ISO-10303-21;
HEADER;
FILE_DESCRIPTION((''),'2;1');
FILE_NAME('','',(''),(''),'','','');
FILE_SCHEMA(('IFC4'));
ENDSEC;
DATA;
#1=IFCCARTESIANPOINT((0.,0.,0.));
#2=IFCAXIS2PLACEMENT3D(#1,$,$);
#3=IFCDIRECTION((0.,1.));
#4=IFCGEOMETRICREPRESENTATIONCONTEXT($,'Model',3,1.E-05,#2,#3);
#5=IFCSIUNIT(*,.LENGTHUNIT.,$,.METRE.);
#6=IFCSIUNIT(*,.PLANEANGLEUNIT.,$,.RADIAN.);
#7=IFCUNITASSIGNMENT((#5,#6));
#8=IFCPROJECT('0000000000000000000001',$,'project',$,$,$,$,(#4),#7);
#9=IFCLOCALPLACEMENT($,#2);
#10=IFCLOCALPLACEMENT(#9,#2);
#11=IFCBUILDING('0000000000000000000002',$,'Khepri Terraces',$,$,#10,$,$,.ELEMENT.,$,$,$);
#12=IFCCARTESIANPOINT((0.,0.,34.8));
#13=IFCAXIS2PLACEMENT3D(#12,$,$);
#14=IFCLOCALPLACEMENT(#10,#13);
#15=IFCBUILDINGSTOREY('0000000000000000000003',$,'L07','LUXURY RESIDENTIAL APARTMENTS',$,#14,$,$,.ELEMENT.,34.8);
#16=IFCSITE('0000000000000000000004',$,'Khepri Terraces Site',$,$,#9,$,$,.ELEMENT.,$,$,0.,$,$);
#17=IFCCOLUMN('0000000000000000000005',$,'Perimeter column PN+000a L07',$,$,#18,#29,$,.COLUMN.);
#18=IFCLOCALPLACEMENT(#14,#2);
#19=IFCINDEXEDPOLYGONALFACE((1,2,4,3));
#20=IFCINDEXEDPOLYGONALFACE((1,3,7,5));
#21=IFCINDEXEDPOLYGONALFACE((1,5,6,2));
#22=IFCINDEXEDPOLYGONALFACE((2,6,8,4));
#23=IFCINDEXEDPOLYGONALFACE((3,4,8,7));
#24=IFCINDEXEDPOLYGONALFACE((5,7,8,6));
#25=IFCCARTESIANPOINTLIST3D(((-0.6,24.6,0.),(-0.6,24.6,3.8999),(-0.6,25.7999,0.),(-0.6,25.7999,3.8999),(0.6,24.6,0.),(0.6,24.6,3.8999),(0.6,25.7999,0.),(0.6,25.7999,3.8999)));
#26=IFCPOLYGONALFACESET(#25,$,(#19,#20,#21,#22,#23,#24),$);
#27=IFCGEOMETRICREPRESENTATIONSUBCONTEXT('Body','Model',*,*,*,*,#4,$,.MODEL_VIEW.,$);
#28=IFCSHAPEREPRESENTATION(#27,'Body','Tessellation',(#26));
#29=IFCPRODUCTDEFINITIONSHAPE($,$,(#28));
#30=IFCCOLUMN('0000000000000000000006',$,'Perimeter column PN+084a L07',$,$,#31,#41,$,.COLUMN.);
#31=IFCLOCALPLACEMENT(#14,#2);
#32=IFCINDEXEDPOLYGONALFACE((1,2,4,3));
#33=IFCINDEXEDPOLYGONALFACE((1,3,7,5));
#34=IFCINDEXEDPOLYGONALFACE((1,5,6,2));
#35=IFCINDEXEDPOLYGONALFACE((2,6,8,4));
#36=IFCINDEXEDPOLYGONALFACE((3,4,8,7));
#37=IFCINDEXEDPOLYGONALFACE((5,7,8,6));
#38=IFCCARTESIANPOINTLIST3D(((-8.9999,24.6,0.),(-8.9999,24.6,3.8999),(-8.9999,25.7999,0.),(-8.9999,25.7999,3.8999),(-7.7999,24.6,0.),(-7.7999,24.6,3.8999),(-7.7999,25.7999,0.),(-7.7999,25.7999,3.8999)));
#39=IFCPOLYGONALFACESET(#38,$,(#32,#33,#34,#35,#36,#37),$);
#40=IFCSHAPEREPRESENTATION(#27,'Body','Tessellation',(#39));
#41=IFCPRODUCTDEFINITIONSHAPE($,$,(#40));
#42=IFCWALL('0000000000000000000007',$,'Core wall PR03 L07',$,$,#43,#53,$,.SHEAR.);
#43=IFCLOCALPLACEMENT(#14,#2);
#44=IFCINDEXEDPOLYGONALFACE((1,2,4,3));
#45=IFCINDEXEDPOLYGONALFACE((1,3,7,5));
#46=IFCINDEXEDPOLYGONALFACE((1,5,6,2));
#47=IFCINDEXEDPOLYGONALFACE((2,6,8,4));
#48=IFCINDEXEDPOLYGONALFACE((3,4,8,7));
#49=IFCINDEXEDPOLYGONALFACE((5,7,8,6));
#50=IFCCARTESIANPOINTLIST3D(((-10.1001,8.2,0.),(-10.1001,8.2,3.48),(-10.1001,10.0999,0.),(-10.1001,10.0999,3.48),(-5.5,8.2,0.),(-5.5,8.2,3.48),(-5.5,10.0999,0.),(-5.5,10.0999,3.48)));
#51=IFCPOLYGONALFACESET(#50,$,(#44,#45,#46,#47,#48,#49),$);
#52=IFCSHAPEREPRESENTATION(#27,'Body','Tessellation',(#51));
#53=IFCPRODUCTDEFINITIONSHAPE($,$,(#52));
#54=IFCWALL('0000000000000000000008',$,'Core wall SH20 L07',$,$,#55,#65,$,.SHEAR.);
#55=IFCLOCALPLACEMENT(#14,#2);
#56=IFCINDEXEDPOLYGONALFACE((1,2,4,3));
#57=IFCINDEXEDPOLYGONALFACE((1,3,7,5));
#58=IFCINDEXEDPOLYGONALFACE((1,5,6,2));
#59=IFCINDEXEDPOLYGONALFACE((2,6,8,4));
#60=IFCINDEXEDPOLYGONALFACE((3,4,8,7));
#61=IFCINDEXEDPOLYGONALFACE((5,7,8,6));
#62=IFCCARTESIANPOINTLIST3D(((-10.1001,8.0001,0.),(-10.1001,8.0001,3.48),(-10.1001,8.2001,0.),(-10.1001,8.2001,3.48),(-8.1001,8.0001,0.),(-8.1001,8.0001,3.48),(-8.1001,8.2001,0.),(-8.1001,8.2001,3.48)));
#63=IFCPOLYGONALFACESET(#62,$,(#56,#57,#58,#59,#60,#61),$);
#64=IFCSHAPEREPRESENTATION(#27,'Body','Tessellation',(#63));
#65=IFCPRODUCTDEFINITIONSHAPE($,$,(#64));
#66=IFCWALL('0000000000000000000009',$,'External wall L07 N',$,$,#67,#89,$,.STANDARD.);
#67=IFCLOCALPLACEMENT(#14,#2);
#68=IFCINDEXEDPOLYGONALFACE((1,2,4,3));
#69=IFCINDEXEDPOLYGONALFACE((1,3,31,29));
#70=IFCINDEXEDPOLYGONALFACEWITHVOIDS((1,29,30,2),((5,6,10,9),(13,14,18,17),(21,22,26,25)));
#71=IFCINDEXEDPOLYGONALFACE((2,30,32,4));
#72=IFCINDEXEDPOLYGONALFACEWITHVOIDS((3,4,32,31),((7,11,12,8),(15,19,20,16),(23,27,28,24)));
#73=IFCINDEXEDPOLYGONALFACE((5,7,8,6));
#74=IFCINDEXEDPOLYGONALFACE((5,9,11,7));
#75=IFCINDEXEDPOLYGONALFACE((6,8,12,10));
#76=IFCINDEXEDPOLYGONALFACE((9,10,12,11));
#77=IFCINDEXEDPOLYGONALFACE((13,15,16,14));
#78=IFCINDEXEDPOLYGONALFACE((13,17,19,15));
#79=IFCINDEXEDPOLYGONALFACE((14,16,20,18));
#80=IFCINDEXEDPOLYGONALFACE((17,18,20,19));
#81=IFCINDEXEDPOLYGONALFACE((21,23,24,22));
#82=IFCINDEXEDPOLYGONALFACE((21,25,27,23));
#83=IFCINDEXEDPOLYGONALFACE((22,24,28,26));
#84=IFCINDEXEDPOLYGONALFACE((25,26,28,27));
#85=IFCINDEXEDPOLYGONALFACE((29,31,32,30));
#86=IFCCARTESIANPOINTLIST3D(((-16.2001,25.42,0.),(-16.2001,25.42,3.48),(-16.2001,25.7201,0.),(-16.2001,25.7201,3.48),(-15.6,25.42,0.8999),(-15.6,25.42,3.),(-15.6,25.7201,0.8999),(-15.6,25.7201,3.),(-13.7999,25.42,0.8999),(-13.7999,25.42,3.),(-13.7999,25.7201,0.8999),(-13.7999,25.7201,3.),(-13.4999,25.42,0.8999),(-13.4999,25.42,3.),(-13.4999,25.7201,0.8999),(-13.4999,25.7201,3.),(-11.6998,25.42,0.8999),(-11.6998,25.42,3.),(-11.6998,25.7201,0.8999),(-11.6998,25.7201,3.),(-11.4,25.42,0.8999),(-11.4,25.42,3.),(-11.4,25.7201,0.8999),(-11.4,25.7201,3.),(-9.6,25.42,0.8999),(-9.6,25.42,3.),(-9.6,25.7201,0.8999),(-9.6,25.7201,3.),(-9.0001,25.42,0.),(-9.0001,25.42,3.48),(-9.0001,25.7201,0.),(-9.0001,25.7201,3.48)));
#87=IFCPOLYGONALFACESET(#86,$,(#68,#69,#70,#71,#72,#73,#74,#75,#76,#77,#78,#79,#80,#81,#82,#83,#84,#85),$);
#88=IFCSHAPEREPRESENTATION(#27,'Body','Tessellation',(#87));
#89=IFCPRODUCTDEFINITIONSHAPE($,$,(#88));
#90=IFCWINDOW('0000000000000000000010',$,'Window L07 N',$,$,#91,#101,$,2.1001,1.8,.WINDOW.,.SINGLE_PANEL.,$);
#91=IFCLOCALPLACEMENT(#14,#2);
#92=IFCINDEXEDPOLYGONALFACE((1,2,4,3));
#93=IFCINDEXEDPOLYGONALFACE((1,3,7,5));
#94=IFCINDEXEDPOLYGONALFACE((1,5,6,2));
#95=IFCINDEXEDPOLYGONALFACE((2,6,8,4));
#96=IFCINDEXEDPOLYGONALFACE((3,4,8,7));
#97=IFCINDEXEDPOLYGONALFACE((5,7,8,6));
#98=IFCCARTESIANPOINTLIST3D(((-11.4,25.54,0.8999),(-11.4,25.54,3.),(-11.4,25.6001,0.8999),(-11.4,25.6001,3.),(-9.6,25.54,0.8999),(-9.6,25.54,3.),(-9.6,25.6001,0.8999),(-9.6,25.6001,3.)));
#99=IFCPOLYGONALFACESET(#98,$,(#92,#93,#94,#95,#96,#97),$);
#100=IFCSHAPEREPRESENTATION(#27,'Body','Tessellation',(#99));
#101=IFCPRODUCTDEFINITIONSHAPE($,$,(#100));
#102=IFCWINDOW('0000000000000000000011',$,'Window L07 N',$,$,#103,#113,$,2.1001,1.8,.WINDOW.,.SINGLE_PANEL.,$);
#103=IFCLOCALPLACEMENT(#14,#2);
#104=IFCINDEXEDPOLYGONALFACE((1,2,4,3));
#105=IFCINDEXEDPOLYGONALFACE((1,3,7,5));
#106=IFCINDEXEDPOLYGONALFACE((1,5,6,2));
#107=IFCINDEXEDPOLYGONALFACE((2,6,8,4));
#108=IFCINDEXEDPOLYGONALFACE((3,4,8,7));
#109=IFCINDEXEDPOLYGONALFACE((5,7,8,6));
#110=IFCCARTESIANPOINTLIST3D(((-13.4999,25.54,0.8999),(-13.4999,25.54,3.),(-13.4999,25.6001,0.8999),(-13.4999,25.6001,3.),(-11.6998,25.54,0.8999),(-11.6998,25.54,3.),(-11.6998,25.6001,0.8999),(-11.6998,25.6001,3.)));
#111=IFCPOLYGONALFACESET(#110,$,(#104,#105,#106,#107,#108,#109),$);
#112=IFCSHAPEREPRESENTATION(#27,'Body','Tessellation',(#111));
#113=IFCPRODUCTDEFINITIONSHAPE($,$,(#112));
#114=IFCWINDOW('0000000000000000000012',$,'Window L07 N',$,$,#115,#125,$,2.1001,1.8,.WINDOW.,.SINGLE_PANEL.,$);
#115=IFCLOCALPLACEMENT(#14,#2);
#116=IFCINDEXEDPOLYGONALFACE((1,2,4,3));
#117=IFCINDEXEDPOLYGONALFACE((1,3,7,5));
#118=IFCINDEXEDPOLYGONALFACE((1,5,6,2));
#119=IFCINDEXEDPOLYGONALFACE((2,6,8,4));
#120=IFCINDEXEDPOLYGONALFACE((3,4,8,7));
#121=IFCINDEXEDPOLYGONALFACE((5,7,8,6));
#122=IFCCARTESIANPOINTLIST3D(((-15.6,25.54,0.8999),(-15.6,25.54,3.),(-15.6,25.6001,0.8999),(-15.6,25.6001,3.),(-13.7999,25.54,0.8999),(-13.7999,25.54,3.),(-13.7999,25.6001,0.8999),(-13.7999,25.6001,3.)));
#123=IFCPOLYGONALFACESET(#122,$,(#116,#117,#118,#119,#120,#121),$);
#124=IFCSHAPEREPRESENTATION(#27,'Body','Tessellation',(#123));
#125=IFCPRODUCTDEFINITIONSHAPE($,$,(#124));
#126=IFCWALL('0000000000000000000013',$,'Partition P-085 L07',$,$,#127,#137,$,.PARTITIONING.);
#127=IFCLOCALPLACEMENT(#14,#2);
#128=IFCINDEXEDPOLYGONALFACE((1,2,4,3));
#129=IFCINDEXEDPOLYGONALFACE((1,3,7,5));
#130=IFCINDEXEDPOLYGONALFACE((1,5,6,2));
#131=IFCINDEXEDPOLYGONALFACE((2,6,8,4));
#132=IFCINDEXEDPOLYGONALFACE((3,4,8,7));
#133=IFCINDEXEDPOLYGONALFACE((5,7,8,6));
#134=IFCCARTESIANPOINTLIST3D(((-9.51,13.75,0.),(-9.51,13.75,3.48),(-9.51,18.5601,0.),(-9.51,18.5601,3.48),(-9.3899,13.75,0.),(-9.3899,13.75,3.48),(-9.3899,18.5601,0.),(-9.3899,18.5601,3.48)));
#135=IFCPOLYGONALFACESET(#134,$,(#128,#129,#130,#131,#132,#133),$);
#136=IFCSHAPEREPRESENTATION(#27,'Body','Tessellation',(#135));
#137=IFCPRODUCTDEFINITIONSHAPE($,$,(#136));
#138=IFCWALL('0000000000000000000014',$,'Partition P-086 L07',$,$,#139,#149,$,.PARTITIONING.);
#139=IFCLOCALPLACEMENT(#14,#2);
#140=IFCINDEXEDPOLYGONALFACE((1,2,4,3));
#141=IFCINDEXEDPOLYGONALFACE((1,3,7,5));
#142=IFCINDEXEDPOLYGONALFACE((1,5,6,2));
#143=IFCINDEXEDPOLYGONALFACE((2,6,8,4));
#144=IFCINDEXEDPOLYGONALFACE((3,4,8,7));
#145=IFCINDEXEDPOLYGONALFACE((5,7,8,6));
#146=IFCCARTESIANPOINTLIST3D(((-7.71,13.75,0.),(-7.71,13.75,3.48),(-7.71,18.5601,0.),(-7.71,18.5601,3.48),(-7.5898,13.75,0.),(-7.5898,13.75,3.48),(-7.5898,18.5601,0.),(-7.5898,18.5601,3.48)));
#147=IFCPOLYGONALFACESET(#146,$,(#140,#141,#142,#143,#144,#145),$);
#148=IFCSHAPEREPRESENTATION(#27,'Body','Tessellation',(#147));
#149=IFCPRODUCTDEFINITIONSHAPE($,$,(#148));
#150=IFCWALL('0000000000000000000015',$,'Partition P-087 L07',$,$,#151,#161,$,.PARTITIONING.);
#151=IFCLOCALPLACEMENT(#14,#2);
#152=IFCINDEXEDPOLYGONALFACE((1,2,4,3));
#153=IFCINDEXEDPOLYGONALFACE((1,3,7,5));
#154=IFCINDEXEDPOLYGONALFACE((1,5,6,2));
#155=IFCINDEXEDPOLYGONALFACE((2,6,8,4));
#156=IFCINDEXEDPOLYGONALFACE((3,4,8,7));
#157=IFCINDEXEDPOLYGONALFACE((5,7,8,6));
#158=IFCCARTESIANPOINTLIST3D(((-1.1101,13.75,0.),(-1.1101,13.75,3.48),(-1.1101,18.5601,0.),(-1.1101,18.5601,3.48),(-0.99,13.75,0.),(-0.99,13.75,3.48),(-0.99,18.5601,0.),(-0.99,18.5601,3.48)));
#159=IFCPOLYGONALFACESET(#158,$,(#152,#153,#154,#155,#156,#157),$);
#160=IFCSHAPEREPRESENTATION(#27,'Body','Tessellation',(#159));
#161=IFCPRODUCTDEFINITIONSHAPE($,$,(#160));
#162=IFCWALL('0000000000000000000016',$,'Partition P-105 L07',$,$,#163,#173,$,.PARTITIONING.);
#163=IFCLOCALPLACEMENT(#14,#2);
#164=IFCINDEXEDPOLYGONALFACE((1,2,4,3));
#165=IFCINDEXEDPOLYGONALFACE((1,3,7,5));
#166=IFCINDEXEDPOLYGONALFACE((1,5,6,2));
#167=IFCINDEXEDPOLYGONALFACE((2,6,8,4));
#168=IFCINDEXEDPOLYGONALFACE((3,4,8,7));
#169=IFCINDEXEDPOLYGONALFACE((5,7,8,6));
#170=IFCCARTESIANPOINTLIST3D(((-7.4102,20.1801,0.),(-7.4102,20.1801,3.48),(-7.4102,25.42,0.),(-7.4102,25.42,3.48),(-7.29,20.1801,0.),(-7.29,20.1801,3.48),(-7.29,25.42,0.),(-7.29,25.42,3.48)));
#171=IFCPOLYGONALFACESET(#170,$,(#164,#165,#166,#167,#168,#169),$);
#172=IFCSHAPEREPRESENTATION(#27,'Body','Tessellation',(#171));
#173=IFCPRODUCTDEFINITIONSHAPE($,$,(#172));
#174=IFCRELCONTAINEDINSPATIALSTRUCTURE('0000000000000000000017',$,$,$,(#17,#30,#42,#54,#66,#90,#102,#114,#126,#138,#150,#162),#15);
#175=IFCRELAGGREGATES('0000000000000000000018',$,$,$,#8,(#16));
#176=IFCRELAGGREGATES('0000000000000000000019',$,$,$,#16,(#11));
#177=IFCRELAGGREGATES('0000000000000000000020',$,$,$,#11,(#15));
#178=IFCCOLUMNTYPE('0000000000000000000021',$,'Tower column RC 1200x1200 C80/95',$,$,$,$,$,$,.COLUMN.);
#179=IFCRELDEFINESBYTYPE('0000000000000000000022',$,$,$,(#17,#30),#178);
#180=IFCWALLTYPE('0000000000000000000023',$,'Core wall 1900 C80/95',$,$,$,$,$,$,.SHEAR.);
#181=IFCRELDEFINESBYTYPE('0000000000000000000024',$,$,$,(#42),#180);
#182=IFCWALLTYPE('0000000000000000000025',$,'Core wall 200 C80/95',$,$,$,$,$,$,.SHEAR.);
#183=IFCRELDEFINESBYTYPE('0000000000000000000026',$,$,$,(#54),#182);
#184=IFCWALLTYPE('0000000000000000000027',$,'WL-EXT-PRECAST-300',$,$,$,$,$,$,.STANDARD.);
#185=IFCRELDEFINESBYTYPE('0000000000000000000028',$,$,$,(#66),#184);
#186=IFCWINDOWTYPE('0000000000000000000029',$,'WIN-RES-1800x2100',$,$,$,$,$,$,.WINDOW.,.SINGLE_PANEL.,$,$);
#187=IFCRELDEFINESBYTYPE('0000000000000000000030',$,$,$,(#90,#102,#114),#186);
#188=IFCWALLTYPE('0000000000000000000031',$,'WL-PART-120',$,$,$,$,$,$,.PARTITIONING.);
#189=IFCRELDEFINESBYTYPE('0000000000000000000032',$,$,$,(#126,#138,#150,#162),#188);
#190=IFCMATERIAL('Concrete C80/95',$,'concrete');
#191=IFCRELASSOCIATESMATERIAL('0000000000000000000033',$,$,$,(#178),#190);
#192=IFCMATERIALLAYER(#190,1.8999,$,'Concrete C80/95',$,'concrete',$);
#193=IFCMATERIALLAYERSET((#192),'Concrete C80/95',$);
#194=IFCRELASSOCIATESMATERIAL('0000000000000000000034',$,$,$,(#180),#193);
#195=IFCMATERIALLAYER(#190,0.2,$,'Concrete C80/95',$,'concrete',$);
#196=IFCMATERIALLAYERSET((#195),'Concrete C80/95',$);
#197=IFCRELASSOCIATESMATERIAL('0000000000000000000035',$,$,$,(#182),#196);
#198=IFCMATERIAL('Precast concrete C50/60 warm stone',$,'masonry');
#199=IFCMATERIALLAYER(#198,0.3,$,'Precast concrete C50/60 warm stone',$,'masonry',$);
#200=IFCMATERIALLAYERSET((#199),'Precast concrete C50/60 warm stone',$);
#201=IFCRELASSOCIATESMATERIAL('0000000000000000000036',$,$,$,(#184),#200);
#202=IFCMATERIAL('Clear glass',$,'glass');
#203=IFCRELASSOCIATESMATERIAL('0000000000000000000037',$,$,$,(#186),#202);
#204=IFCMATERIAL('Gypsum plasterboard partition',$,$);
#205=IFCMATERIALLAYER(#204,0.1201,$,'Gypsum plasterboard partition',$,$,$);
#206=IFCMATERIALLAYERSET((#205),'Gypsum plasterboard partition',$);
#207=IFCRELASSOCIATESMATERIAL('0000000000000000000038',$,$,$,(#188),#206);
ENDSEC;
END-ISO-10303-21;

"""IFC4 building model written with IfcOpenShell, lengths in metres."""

from ifc_helpers import new_model, si_unit, direction, frame, frame_2d, origin, origin_2d, place, context, subcontext, project, spatial, rectangle, extrude, material, layer, layer_set, material_profile, profile_set, type_object, element, fill, save


model = new_model("IFC4")

# Units and contexts
model_context = context("Model", 3, precision=1e-05, world=origin(), true_north=direction((0.0, 1.0)))
body_context = subcontext(model_context, "Body", "Model", "MODEL_VIEW")
ifc_project = project(units=[si_unit("LENGTHUNIT", "METRE"), si_unit("PLANEANGLEUNIT", "RADIAN")], contexts=[model_context])

# Site, building, storey
site_placement = place(None, origin())
site = spatial("IfcSite", under=ifc_project, at=site_placement, Name="Khepri Terraces Site", CompositionType="ELEMENT", RefElevation=0.0)
building_placement = place(site_placement, origin())
building = spatial("IfcBuilding", under=site, at=building_placement, Name="Khepri Terraces", CompositionType="ELEMENT")
storey_placement = place(building_placement, frame((0.0, 0.0, 34.8)))
storey = spatial("IfcBuildingStorey", under=building, at=storey_placement, Name="L07", Description="LUXURY RESIDENTIAL APARTMENTS", CompositionType="ELEMENT", Elevation=34.8)

# Columns
ifc_material_1 = material(Name="Concrete C80/95", Category="concrete")
ifc_material_profile = material_profile(ifc_material_1, rectangle(XDim=1.2, YDim=1.2, at=origin_2d()), Name="Concrete C80/95", Category="concrete")
ifc_profile_set = profile_set([ifc_material_profile], Name="Concrete C80/95")
column_type = type_object("IfcColumnType", Name="Tower column RC 1200x1200 C80/95", PredefinedType="COLUMN", material=ifc_profile_set)
for number, where, z_axis, x_axis, name in (
    (1, (0.0, 25.2, 0.0), (0.0, 0.0, 1.0), (1.0, 0.0, 0.0), "Perimeter column PN+000a L07"),
    (2, (-8.3999, 25.2, 0.0), (0.0, 0.0, 1.0), (1.0, 0.0, 0.0), "Perimeter column PN+084a L07"),
):
    element("IfcColumn", number, at=place(storey_placement, frame(where, z_axis=z_axis, x_axis=x_axis)), inside=storey, type_object=column_type, Name=name, PredefinedType="COLUMN", context=body_context, shape_type="SweptSolid", body=[
        extrude(rectangle(XDim=1.2, YDim=1.2, at=origin_2d()), origin(), (0.0, 0.0, 1.0), 3.8999),
    ])

# Walls
ifc_layer_1 = layer(ifc_material_1, 1.8999, Name="Concrete C80/95", Category="concrete")
ifc_layer_set_1 = layer_set([ifc_layer_1], Name="Concrete C80/95")
wall_type_1 = type_object("IfcWallType", Name="Core wall 1900 C80/95", PredefinedType="SHEAR", material=ifc_layer_set_1)
wall_1_placement = place(storey_placement, frame((-10.1001, 9.1499, 0.0), z_axis=(0.0, 0.0, 1.0), x_axis=(1.0, 0.0, 0.0)))
element("IfcWall", 3, at=wall_1_placement, inside=storey, type_object=wall_type_1, Name="Core wall PR03 L07", PredefinedType="SHEAR", context=body_context, shape_type="SweptSolid", body=[
    extrude(rectangle(XDim=4.6001, YDim=1.8999, at=frame_2d((2.3, 0.0))), origin(), (0.0, 0.0, 1.0), 3.48),
])
ifc_layer_2 = layer(ifc_material_1, 0.2, Name="Concrete C80/95", Category="concrete")
ifc_layer_set_2 = layer_set([ifc_layer_2], Name="Concrete C80/95")
wall_type_2 = type_object("IfcWallType", Name="Core wall 200 C80/95", PredefinedType="SHEAR", material=ifc_layer_set_2)
wall_2_placement = place(storey_placement, frame((-10.1001, 8.1001, 0.0), z_axis=(0.0, 0.0, 1.0), x_axis=(1.0, 0.0, 0.0)))
element("IfcWall", 4, at=wall_2_placement, inside=storey, type_object=wall_type_2, Name="Core wall SH20 L07", PredefinedType="SHEAR", context=body_context, shape_type="SweptSolid", body=[
    extrude(rectangle(XDim=2.0, YDim=0.2, at=frame_2d((1.0, 0.0))), origin(), (0.0, 0.0, 1.0), 3.48),
])

# Shared definitions
ifc_material_2 = material(Name="Precast concrete C50/60 warm stone", Category="masonry")
ifc_layer_3 = layer(ifc_material_2, 0.3, Name="Precast concrete C50/60 warm stone", Category="masonry")
ifc_layer_set_3 = layer_set([ifc_layer_3], Name="Precast concrete C50/60 warm stone")
wall_type_3 = type_object("IfcWallType", Name="WL-EXT-PRECAST-300", PredefinedType="STANDARD", material=ifc_layer_set_3)
ifc_material_3 = material(Name="Clear glass", Category="glass")
window_type = type_object("IfcWindowType", Name="WIN-RES-1800x2100", PartitioningType="SINGLE_PANEL", PredefinedType="WINDOW", material=ifc_material_3)

# Wall, openings, windows
wall_3_placement = place(storey_placement, frame((-9.0, 25.5701, 0.0), z_axis=(0.0, 0.0, 1.0), x_axis=(-1.0, 0.0, 0.0)))
wall_3 = element("IfcWall", 5, at=wall_3_placement, inside=storey, type_object=wall_type_3, Name="External wall L07 N", PredefinedType="STANDARD", context=body_context, shape_type="SweptSolid", body=[
    extrude(rectangle(XDim=7.2, YDim=0.3, at=frame_2d((3.6001, 0.0))), origin(), (0.0, 0.0, 1.0), 3.48),
])
opening_1_placement = place(wall_3_placement, frame((0.6001, 0.0, 0.8999)))
opening_1 = element("IfcOpeningElement", 6, at=opening_1_placement, cuts=wall_3, PredefinedType="OPENING", context=body_context, shape_type="SweptSolid", body=[
    extrude(rectangle(XDim=1.8, YDim=2.1001, at=frame_2d((0.8999, 1.05))), frame((0.0, 0.1602, 0.0), z_axis=(0.0, -1.0, 0.0), x_axis=(1.0, 0.0, 0.0)), (0.0, 0.0, 1.0), 0.3201),
])
opening_2_placement = place(wall_3_placement, frame((2.7, 0.0, 0.8999)))
opening_2 = element("IfcOpeningElement", 7, at=opening_2_placement, cuts=wall_3, PredefinedType="OPENING", context=body_context, shape_type="SweptSolid", body=[
    extrude(rectangle(XDim=1.8, YDim=2.1001, at=frame_2d((0.8999, 1.05))), frame((0.0, 0.1602, 0.0), z_axis=(0.0, -1.0, 0.0), x_axis=(1.0, 0.0, 0.0)), (0.0, 0.0, 1.0), 0.3201),
])
opening_3_placement = place(wall_3_placement, frame((4.8, 0.0, 0.8999)))
opening_3 = element("IfcOpeningElement", 8, at=opening_3_placement, cuts=wall_3, PredefinedType="OPENING", context=body_context, shape_type="SweptSolid", body=[
    extrude(rectangle(XDim=1.8, YDim=2.1001, at=frame_2d((0.8999, 1.05))), frame((0.0, 0.1602, 0.0), z_axis=(0.0, -1.0, 0.0), x_axis=(1.0, 0.0, 0.0)), (0.0, 0.0, 1.0), 0.3201),
])
window_1_placement = place(opening_1_placement, origin())
window_1 = element("IfcWindow", 9, at=window_1_placement, inside=storey, type_object=window_type, Name="Window L07 N", OverallHeight=2.1001, OverallWidth=1.8, PartitioningType="SINGLE_PANEL", PredefinedType="WINDOW", context=body_context, shape_type="SweptSolid", body=[
    extrude(rectangle(XDim=1.8, YDim=2.1001, at=frame_2d((0.8999, 1.05))), frame((0.0, 0.03, 0.0), z_axis=(0.0, -1.0, 0.0), x_axis=(1.0, 0.0, 0.0)), (0.0, 0.0, 1.0), 0.0601),
])
fill(opening_1, window_1)
window_2_placement = place(opening_2_placement, origin())
window_2 = element("IfcWindow", 10, at=window_2_placement, inside=storey, type_object=window_type, Name="Window L07 N", OverallHeight=2.1001, OverallWidth=1.8, PartitioningType="SINGLE_PANEL", PredefinedType="WINDOW", context=body_context, shape_type="SweptSolid", body=[
    extrude(rectangle(XDim=1.8, YDim=2.1001, at=frame_2d((0.8999, 1.05))), frame((0.0, 0.03, 0.0), z_axis=(0.0, -1.0, 0.0), x_axis=(1.0, 0.0, 0.0)), (0.0, 0.0, 1.0), 0.0601),
])
fill(opening_2, window_2)
window_3_placement = place(opening_3_placement, origin())
window_3 = element("IfcWindow", 11, at=window_3_placement, inside=storey, type_object=window_type, Name="Window L07 N", OverallHeight=2.1001, OverallWidth=1.8, PartitioningType="SINGLE_PANEL", PredefinedType="WINDOW", context=body_context, shape_type="SweptSolid", body=[
    extrude(rectangle(XDim=1.8, YDim=2.1001, at=frame_2d((0.8999, 1.05))), frame((0.0, 0.03, 0.0), z_axis=(0.0, -1.0, 0.0), x_axis=(1.0, 0.0, 0.0)), (0.0, 0.0, 1.0), 0.0601),
])
fill(opening_3, window_3)

# Walls
ifc_material_4 = material(Name="Gypsum plasterboard partition")
ifc_layer_4 = layer(ifc_material_4, 0.1201, Name="Gypsum plasterboard partition")
ifc_layer_set_4 = layer_set([ifc_layer_4], Name="Gypsum plasterboard partition")
wall_type_4 = type_object("IfcWallType", Name="WL-PART-120", PredefinedType="PARTITIONING", material=ifc_layer_set_4)
for number, where, z_axis, x_axis, name in (
    (12, (-9.45, 13.75, 0.0), (0.0, 0.0, 1.0), (0.0, 1.0, 0.0), "Partition P-085 L07"),
    (13, (-7.6499, 13.75, 0.0), (0.0, 0.0, 1.0), (0.0, 1.0, 0.0), "Partition P-086 L07"),
    (14, (-1.05, 13.75, 0.0), (0.0, 0.0, 1.0), (0.0, 1.0, 0.0), "Partition P-087 L07"),
):
    element("IfcWall", number, at=place(storey_placement, frame(where, z_axis=z_axis, x_axis=x_axis)), inside=storey, type_object=wall_type_4, Name=name, PredefinedType="PARTITIONING", context=body_context, shape_type="SweptSolid", body=[
        extrude(rectangle(XDim=4.8101, YDim=0.1201, at=frame_2d((2.405, 0.0))), origin(), (0.0, 0.0, 1.0), 3.48),
    ])
wall_4_placement = place(storey_placement, frame((-7.3501, 20.1799, 0.0), z_axis=(0.0, 0.0, 1.0), x_axis=(0.0, 1.0, 0.0)))
element("IfcWall", 15, at=wall_4_placement, inside=storey, type_object=wall_type_4, Name="Partition P-105 L07", PredefinedType="PARTITIONING", context=body_context, shape_type="SweptSolid", body=[
    extrude(rectangle(XDim=5.24, YDim=0.1201, at=frame_2d((2.6201, 0.0))), origin(), (0.0, 0.0, 1.0), 3.48),
])

save(model, "model.ifc")
